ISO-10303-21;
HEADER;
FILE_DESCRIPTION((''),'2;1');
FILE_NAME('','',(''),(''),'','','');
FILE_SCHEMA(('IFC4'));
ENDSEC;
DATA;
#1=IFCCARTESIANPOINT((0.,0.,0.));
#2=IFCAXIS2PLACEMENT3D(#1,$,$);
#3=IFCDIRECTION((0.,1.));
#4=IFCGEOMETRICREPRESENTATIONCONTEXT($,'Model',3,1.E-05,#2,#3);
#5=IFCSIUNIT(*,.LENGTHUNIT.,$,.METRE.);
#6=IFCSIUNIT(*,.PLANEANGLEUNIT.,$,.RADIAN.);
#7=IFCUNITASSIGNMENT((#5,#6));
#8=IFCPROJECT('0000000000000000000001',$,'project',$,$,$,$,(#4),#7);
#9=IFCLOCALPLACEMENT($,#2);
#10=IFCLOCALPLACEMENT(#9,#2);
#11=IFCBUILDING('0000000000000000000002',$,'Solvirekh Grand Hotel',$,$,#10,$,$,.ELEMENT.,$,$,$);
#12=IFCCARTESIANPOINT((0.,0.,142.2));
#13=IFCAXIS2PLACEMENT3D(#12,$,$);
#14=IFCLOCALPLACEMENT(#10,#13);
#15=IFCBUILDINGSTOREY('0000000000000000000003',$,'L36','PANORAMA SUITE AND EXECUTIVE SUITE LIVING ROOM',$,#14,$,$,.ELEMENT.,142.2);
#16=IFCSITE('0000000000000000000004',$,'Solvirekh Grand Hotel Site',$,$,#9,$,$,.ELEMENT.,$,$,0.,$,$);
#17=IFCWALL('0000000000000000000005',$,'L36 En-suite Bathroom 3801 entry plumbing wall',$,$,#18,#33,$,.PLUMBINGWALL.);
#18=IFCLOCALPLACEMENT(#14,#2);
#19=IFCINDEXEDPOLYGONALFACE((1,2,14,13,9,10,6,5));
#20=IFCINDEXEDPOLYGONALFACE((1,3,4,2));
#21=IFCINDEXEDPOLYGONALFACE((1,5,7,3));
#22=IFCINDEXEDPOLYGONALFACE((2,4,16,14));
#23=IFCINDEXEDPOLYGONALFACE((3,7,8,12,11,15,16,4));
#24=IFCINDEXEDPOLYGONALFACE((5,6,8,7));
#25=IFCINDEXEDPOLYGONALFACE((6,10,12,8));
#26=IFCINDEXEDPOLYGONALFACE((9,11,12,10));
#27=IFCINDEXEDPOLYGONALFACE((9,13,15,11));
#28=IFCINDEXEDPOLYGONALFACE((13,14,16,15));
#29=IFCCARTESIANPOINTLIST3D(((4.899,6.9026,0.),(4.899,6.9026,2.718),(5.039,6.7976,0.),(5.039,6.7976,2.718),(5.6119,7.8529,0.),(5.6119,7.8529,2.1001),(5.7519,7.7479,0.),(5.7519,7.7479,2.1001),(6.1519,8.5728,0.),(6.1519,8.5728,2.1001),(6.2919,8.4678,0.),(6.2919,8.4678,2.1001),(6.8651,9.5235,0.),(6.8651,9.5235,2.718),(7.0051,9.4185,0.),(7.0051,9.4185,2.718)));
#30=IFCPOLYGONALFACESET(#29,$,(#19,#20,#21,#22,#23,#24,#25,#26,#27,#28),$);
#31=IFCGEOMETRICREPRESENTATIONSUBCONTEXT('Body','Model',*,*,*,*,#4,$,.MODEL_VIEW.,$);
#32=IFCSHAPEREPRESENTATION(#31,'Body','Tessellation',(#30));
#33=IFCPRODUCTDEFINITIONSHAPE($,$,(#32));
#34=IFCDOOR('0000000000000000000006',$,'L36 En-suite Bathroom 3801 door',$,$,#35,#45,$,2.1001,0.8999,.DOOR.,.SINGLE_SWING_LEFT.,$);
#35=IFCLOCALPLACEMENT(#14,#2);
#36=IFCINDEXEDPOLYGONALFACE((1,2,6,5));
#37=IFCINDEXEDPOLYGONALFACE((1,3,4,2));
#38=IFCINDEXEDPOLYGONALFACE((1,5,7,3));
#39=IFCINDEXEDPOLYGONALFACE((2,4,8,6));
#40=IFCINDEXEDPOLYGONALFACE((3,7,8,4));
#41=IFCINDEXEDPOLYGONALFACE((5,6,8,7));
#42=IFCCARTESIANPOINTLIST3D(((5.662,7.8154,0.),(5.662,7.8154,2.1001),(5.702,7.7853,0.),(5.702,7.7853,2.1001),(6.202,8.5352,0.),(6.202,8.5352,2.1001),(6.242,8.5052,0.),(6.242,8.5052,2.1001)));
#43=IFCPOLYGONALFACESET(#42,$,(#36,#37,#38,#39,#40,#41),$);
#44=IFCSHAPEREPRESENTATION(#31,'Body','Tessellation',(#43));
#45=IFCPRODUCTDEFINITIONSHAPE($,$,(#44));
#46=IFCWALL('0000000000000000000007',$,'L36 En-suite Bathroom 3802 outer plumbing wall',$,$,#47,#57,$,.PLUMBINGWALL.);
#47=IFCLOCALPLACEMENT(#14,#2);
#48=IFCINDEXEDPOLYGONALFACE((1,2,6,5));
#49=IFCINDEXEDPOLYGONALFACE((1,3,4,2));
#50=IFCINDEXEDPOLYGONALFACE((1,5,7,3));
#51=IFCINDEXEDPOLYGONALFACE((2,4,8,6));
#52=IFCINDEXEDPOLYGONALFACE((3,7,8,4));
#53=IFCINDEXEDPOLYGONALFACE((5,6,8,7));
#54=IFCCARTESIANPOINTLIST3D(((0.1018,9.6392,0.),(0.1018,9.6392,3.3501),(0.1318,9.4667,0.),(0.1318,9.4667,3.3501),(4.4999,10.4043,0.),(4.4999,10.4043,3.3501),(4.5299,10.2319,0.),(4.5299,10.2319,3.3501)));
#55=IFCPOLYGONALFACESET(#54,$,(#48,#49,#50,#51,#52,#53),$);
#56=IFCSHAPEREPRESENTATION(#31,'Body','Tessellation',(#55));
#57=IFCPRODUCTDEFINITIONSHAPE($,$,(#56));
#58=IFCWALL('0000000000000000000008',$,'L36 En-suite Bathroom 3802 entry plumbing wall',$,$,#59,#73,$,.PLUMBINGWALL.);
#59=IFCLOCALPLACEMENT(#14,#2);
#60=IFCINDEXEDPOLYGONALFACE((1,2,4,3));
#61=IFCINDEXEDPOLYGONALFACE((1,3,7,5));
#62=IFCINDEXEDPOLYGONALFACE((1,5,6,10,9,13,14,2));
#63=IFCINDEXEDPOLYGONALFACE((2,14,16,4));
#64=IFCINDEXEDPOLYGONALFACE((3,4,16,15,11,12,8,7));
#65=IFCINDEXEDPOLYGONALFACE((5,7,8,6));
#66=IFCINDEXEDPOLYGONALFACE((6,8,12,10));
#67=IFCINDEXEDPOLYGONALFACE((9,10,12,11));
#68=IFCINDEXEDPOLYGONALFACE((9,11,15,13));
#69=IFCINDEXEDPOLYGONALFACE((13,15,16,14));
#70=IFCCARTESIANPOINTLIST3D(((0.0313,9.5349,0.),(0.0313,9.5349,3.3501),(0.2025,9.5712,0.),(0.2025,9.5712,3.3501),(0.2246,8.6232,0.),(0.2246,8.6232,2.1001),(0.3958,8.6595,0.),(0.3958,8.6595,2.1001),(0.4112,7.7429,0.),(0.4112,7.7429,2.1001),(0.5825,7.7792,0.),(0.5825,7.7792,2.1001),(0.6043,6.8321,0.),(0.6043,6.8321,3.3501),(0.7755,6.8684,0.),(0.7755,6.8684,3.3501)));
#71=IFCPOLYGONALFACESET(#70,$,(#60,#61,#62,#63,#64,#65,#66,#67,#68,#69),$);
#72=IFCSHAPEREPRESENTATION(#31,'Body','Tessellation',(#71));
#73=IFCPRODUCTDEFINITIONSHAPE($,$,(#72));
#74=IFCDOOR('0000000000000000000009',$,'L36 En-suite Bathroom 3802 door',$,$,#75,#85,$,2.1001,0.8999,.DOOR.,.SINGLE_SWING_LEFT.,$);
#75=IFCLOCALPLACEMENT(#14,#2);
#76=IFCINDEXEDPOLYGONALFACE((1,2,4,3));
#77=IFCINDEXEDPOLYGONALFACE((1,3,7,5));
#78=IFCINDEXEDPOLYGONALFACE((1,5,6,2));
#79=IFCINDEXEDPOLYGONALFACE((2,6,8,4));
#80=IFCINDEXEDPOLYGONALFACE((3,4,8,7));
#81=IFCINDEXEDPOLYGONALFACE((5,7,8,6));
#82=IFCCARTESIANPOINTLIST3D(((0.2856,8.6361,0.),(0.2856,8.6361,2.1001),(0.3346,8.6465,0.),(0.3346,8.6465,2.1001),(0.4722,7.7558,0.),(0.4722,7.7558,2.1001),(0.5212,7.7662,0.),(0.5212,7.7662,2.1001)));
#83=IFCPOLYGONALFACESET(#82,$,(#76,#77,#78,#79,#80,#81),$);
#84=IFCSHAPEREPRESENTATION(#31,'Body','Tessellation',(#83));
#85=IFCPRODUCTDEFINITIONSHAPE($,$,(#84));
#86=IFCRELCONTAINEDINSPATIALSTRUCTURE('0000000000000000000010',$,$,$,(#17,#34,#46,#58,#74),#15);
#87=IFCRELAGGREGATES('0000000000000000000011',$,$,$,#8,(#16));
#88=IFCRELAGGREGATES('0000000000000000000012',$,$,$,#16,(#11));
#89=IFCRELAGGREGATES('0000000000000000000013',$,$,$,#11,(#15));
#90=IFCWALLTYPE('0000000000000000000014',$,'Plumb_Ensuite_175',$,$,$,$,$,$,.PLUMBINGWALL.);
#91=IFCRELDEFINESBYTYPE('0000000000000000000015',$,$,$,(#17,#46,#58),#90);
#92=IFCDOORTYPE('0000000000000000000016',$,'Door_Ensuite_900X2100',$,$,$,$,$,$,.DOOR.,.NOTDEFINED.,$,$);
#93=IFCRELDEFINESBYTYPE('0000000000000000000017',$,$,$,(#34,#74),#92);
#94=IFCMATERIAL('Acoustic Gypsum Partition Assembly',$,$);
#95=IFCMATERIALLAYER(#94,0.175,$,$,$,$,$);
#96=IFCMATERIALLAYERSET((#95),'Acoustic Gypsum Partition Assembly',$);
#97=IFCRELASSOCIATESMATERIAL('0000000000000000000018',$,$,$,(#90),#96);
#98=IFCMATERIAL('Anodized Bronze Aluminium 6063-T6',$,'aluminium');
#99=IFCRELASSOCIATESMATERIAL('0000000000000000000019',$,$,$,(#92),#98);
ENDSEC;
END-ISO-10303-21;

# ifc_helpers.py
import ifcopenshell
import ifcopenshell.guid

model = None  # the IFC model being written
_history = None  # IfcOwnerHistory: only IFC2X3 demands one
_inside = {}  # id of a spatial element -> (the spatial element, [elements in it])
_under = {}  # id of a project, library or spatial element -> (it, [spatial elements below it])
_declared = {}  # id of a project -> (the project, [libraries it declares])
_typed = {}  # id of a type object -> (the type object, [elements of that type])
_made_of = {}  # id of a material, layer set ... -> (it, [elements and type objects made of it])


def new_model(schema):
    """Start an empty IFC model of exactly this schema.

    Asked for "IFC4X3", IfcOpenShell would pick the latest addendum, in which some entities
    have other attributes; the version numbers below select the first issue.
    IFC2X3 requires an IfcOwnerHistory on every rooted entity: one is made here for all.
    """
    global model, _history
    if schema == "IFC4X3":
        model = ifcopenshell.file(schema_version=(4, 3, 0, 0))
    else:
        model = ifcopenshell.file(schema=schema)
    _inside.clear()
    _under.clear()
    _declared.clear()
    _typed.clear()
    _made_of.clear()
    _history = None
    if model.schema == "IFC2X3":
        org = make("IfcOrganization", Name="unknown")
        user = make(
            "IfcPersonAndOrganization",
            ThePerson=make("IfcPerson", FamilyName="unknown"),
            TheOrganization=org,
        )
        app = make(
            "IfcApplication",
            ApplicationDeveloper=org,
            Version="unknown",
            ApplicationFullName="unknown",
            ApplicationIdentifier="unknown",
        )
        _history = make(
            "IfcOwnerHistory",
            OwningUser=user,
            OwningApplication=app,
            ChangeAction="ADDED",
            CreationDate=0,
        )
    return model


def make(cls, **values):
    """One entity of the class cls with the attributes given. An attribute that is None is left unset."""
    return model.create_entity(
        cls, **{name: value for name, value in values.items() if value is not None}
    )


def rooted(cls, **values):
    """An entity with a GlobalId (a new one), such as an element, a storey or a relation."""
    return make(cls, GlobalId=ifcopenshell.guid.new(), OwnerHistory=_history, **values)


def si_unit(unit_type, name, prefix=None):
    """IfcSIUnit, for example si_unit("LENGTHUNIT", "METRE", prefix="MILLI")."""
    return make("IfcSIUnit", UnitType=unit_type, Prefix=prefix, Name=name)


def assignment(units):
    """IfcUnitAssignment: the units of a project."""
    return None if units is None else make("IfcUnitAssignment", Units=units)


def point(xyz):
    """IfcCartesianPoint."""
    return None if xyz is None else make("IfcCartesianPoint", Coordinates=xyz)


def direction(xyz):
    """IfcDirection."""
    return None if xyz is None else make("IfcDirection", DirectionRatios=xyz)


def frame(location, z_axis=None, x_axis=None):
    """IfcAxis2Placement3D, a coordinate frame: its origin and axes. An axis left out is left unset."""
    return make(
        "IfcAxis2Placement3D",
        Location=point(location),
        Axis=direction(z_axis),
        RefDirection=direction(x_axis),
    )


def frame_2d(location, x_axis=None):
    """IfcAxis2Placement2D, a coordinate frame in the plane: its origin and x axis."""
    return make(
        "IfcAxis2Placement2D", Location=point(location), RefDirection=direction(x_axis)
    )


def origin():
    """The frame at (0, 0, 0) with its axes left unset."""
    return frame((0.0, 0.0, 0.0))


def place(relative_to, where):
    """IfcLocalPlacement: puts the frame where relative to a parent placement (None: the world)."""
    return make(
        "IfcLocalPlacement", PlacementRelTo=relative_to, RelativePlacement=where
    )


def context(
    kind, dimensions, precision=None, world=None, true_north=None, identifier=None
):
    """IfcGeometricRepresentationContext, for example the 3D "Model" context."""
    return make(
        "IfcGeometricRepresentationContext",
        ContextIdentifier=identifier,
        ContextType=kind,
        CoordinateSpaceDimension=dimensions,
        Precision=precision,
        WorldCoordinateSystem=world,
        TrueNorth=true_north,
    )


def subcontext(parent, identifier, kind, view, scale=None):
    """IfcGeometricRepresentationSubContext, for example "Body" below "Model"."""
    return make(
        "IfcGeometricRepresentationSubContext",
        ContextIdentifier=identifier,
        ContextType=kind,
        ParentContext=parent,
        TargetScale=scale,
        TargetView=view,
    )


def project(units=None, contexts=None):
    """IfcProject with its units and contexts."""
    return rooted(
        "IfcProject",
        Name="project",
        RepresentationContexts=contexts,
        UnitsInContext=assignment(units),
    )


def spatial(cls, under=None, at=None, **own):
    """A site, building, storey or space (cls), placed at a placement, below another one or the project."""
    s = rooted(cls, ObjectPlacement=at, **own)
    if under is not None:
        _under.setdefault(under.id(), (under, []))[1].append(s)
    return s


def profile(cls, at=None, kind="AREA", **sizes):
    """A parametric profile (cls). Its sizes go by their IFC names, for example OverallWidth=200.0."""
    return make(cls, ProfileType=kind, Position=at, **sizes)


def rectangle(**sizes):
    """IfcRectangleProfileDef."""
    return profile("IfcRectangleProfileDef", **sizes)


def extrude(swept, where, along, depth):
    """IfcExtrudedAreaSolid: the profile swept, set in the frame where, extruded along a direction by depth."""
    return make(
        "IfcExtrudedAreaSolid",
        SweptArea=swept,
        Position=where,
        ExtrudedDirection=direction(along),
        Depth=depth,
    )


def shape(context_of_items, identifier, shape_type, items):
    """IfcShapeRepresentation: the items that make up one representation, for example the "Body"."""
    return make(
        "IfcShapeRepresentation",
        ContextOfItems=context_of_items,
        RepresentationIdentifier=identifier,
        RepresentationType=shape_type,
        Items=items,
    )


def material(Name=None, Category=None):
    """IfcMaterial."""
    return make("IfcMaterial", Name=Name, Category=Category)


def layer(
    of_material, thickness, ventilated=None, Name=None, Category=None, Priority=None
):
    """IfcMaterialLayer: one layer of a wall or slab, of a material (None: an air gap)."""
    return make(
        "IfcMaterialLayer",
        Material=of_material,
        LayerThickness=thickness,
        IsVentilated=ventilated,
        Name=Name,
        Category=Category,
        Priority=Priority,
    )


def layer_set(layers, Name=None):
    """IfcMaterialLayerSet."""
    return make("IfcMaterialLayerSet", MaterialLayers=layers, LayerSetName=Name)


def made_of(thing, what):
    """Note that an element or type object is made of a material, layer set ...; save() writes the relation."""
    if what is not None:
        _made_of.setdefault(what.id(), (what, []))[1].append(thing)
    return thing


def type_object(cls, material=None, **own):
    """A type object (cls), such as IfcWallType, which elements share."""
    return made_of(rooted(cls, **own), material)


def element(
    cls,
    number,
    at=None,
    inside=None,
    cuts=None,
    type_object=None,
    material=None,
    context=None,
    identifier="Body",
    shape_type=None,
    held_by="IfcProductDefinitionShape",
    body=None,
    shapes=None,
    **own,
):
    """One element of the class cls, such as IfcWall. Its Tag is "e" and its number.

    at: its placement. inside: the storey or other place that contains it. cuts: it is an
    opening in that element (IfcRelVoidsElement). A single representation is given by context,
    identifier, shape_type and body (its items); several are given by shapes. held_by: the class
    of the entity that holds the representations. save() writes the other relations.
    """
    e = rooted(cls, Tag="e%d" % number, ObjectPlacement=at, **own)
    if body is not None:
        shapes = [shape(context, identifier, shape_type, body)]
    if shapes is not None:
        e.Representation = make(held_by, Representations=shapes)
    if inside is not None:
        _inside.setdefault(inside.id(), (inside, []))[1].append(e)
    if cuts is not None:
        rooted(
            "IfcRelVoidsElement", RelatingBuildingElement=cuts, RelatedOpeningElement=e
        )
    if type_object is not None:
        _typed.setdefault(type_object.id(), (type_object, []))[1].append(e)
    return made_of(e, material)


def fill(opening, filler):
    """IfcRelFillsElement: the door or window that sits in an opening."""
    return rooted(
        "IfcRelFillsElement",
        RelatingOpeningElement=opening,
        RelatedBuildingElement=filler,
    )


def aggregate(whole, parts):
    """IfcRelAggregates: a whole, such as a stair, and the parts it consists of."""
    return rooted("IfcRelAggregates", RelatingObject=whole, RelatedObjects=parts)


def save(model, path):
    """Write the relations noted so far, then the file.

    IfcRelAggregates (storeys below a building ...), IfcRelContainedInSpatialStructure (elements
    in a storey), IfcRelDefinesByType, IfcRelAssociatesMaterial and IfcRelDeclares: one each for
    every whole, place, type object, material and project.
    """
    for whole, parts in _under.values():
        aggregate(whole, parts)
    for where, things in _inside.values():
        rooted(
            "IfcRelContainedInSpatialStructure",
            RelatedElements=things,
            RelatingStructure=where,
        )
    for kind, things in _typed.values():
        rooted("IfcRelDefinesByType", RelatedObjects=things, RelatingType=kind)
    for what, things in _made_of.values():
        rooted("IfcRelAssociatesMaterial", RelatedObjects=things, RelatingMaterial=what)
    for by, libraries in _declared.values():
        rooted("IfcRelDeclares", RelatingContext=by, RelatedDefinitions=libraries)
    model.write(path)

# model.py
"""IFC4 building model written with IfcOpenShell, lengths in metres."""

from ifc_helpers import new_model, si_unit, direction, frame, frame_2d, origin, place, context, subcontext, project, spatial, rectangle, extrude, material, layer, layer_set, type_object, element, fill, save


model = new_model("IFC4")

# Units and contexts
model_context = context("Model", 3, precision=1e-05, world=origin(), true_north=direction((0.0, 1.0)))
body_context = subcontext(model_context, "Body", "Model", "MODEL_VIEW")
ifc_project = project(units=[si_unit("LENGTHUNIT", "METRE"), si_unit("PLANEANGLEUNIT", "RADIAN")], contexts=[model_context])

# Site, building, storey
site_placement = place(None, origin())
site = spatial("IfcSite", under=ifc_project, at=site_placement, Name="Solvirekh Grand Hotel Site", CompositionType="ELEMENT", RefElevation=0.0)
building_placement = place(site_placement, origin())
building = spatial("IfcBuilding", under=site, at=building_placement, Name="Solvirekh Grand Hotel", CompositionType="ELEMENT")
storey_placement = place(building_placement, frame((0.0, 0.0, 142.2)))
storey = spatial("IfcBuildingStorey", under=building, at=storey_placement, Name="L36", Description="PANORAMA SUITE AND EXECUTIVE SUITE LIVING ROOM", CompositionType="ELEMENT", Elevation=142.2)

# Shared definitions
ifc_material_1 = material(Name="Anodized Bronze Aluminium 6063-T6", Category="aluminium")

# Shared definitions
ifc_material_2 = material(Name="Acoustic Gypsum Partition Assembly")

# Shared definitions
ifc_layer_1 = layer(ifc_material_2, 0.175)
ifc_layer_set_1 = layer_set([ifc_layer_1], Name="Acoustic Gypsum Partition Assembly")
wall_type_1 = type_object("IfcWallType", Name="Plumb_Ensuite_175", PredefinedType="PLUMBINGWALL", material=ifc_layer_set_1)

# Wall, opening, door
wall_1_placement = place(storey_placement, frame((4.969, 6.8501, 0.0), z_axis=(0.0, 0.0, 1.0), x_axis=(0.600083, 0.799937, 0.0)))
wall_1 = element("IfcWall", 1, at=wall_1_placement, inside=storey, type_object=wall_type_1, Name="L36 En-suite Bathroom 3801 entry plumbing wall", PredefinedType="PLUMBINGWALL", context=body_context, shape_type="SweptSolid", body=[
    extrude(rectangle(XDim=3.2764, YDim=0.175, at=frame_2d((1.6382, 0.0))), origin(), (0.0, 0.0, 1.0), 2.718),
])
opening_1_placement = place(wall_1_placement, frame((1.188, 0.0, 0.0)))
opening_1 = element("IfcOpeningElement", 2, at=opening_1_placement, cuts=wall_1, PredefinedType="OPENING", context=body_context, shape_type="SweptSolid", body=[
    extrude(rectangle(XDim=0.8999, YDim=2.1001, at=frame_2d((0.45, 1.05))), frame((0.0, 0.0977, 0.0), z_axis=(0.0, -1.0, 0.0), x_axis=(1.0, 0.0, 0.0)), (0.0, 0.0, 1.0), 0.1951),
])
door_type_1 = type_object("IfcDoorType", Name="Door_Ensuite_900X2100", OperationType="NOTDEFINED", PredefinedType="DOOR", material=ifc_material_1)
door_1_placement = place(opening_1_placement, origin())
door_1 = element("IfcDoor", 3, at=door_1_placement, inside=storey, type_object=door_type_1, Name="L36 En-suite Bathroom 3801 door", OperationType="SINGLE_SWING_LEFT", OverallHeight=2.1001, OverallWidth=0.8999, PredefinedType="DOOR", context=body_context, shape_type="SweptSolid", body=[
    extrude(rectangle(XDim=0.8999, YDim=2.1001, at=frame_2d((0.45, 1.05))), frame((0.0, 0.0249, 0.0), z_axis=(0.0, -1.0, 0.0), x_axis=(1.0, 0.0, 0.0)), (0.0, 0.0, 1.0), 0.05),
])
fill(opening_1, door_1)

# Wall
wall_2_placement = place(storey_placement, frame((0.1169, 9.553, 0.0), z_axis=(0.0, 0.0, 1.0), x_axis=(0.985201, 0.171401, 0.0)))
element("IfcWall", 4, at=wall_2_placement, inside=storey, type_object=wall_type_1, Name="L36 En-suite Bathroom 3802 outer plumbing wall", PredefinedType="PLUMBINGWALL", context=body_context, shape_type="SweptSolid", body=[
    extrude(rectangle(XDim=4.4641, YDim=0.175, at=frame_2d((2.2319, 0.0))), origin(), (0.0, 0.0, 1.0), 3.3501),
])

# Wall, opening, door
wall_3_placement = place(storey_placement, frame((0.1169, 9.553, 0.0), z_axis=(0.0, 0.0, 1.0), x_axis=(0.207386, -0.978259, 0.0)))
wall_3 = element("IfcWall", 5, at=wall_3_placement, inside=storey, type_object=wall_type_1, Name="L36 En-suite Bathroom 3802 entry plumbing wall", PredefinedType="PLUMBINGWALL", context=body_context, shape_type="SweptSolid", body=[
    extrude(rectangle(XDim=2.7629, YDim=0.175, at=frame_2d((1.3813, 0.0))), origin(), (0.0, 0.0, 1.0), 3.3501),
])
opening_2_placement = place(wall_3_placement, frame((0.9319, 0.0, 0.0)))
opening_2 = element("IfcOpeningElement", 6, at=opening_2_placement, cuts=wall_3, PredefinedType="OPENING", context=body_context, shape_type="SweptSolid", body=[
    extrude(rectangle(XDim=0.8999, YDim=2.1001, at=frame_2d((0.45, 1.05))), frame((0.0, 0.0977, 0.0), z_axis=(0.0, -1.0, 0.0), x_axis=(1.0, 0.0, 0.0)), (0.0, 0.0, 1.0), 0.1951),
])
door_2_placement = place(opening_2_placement, origin())
door_2 = element("IfcDoor", 7, at=door_2_placement, inside=storey, type_object=door_type_1, Name="L36 En-suite Bathroom 3802 door", OperationType="SINGLE_SWING_LEFT", OverallHeight=2.1001, OverallWidth=0.8999, PredefinedType="DOOR", context=body_context, shape_type="SweptSolid", body=[
    extrude(rectangle(XDim=0.8999, YDim=2.1001, at=frame_2d((0.45, 1.05))), frame((0.0, 0.0249, 0.0), z_axis=(0.0, -1.0, 0.0), x_axis=(1.0, 0.0, 0.0)), (0.0, 0.0, 1.0), 0.05),
])
fill(opening_2, door_2)

save(model, "model.ifc")
